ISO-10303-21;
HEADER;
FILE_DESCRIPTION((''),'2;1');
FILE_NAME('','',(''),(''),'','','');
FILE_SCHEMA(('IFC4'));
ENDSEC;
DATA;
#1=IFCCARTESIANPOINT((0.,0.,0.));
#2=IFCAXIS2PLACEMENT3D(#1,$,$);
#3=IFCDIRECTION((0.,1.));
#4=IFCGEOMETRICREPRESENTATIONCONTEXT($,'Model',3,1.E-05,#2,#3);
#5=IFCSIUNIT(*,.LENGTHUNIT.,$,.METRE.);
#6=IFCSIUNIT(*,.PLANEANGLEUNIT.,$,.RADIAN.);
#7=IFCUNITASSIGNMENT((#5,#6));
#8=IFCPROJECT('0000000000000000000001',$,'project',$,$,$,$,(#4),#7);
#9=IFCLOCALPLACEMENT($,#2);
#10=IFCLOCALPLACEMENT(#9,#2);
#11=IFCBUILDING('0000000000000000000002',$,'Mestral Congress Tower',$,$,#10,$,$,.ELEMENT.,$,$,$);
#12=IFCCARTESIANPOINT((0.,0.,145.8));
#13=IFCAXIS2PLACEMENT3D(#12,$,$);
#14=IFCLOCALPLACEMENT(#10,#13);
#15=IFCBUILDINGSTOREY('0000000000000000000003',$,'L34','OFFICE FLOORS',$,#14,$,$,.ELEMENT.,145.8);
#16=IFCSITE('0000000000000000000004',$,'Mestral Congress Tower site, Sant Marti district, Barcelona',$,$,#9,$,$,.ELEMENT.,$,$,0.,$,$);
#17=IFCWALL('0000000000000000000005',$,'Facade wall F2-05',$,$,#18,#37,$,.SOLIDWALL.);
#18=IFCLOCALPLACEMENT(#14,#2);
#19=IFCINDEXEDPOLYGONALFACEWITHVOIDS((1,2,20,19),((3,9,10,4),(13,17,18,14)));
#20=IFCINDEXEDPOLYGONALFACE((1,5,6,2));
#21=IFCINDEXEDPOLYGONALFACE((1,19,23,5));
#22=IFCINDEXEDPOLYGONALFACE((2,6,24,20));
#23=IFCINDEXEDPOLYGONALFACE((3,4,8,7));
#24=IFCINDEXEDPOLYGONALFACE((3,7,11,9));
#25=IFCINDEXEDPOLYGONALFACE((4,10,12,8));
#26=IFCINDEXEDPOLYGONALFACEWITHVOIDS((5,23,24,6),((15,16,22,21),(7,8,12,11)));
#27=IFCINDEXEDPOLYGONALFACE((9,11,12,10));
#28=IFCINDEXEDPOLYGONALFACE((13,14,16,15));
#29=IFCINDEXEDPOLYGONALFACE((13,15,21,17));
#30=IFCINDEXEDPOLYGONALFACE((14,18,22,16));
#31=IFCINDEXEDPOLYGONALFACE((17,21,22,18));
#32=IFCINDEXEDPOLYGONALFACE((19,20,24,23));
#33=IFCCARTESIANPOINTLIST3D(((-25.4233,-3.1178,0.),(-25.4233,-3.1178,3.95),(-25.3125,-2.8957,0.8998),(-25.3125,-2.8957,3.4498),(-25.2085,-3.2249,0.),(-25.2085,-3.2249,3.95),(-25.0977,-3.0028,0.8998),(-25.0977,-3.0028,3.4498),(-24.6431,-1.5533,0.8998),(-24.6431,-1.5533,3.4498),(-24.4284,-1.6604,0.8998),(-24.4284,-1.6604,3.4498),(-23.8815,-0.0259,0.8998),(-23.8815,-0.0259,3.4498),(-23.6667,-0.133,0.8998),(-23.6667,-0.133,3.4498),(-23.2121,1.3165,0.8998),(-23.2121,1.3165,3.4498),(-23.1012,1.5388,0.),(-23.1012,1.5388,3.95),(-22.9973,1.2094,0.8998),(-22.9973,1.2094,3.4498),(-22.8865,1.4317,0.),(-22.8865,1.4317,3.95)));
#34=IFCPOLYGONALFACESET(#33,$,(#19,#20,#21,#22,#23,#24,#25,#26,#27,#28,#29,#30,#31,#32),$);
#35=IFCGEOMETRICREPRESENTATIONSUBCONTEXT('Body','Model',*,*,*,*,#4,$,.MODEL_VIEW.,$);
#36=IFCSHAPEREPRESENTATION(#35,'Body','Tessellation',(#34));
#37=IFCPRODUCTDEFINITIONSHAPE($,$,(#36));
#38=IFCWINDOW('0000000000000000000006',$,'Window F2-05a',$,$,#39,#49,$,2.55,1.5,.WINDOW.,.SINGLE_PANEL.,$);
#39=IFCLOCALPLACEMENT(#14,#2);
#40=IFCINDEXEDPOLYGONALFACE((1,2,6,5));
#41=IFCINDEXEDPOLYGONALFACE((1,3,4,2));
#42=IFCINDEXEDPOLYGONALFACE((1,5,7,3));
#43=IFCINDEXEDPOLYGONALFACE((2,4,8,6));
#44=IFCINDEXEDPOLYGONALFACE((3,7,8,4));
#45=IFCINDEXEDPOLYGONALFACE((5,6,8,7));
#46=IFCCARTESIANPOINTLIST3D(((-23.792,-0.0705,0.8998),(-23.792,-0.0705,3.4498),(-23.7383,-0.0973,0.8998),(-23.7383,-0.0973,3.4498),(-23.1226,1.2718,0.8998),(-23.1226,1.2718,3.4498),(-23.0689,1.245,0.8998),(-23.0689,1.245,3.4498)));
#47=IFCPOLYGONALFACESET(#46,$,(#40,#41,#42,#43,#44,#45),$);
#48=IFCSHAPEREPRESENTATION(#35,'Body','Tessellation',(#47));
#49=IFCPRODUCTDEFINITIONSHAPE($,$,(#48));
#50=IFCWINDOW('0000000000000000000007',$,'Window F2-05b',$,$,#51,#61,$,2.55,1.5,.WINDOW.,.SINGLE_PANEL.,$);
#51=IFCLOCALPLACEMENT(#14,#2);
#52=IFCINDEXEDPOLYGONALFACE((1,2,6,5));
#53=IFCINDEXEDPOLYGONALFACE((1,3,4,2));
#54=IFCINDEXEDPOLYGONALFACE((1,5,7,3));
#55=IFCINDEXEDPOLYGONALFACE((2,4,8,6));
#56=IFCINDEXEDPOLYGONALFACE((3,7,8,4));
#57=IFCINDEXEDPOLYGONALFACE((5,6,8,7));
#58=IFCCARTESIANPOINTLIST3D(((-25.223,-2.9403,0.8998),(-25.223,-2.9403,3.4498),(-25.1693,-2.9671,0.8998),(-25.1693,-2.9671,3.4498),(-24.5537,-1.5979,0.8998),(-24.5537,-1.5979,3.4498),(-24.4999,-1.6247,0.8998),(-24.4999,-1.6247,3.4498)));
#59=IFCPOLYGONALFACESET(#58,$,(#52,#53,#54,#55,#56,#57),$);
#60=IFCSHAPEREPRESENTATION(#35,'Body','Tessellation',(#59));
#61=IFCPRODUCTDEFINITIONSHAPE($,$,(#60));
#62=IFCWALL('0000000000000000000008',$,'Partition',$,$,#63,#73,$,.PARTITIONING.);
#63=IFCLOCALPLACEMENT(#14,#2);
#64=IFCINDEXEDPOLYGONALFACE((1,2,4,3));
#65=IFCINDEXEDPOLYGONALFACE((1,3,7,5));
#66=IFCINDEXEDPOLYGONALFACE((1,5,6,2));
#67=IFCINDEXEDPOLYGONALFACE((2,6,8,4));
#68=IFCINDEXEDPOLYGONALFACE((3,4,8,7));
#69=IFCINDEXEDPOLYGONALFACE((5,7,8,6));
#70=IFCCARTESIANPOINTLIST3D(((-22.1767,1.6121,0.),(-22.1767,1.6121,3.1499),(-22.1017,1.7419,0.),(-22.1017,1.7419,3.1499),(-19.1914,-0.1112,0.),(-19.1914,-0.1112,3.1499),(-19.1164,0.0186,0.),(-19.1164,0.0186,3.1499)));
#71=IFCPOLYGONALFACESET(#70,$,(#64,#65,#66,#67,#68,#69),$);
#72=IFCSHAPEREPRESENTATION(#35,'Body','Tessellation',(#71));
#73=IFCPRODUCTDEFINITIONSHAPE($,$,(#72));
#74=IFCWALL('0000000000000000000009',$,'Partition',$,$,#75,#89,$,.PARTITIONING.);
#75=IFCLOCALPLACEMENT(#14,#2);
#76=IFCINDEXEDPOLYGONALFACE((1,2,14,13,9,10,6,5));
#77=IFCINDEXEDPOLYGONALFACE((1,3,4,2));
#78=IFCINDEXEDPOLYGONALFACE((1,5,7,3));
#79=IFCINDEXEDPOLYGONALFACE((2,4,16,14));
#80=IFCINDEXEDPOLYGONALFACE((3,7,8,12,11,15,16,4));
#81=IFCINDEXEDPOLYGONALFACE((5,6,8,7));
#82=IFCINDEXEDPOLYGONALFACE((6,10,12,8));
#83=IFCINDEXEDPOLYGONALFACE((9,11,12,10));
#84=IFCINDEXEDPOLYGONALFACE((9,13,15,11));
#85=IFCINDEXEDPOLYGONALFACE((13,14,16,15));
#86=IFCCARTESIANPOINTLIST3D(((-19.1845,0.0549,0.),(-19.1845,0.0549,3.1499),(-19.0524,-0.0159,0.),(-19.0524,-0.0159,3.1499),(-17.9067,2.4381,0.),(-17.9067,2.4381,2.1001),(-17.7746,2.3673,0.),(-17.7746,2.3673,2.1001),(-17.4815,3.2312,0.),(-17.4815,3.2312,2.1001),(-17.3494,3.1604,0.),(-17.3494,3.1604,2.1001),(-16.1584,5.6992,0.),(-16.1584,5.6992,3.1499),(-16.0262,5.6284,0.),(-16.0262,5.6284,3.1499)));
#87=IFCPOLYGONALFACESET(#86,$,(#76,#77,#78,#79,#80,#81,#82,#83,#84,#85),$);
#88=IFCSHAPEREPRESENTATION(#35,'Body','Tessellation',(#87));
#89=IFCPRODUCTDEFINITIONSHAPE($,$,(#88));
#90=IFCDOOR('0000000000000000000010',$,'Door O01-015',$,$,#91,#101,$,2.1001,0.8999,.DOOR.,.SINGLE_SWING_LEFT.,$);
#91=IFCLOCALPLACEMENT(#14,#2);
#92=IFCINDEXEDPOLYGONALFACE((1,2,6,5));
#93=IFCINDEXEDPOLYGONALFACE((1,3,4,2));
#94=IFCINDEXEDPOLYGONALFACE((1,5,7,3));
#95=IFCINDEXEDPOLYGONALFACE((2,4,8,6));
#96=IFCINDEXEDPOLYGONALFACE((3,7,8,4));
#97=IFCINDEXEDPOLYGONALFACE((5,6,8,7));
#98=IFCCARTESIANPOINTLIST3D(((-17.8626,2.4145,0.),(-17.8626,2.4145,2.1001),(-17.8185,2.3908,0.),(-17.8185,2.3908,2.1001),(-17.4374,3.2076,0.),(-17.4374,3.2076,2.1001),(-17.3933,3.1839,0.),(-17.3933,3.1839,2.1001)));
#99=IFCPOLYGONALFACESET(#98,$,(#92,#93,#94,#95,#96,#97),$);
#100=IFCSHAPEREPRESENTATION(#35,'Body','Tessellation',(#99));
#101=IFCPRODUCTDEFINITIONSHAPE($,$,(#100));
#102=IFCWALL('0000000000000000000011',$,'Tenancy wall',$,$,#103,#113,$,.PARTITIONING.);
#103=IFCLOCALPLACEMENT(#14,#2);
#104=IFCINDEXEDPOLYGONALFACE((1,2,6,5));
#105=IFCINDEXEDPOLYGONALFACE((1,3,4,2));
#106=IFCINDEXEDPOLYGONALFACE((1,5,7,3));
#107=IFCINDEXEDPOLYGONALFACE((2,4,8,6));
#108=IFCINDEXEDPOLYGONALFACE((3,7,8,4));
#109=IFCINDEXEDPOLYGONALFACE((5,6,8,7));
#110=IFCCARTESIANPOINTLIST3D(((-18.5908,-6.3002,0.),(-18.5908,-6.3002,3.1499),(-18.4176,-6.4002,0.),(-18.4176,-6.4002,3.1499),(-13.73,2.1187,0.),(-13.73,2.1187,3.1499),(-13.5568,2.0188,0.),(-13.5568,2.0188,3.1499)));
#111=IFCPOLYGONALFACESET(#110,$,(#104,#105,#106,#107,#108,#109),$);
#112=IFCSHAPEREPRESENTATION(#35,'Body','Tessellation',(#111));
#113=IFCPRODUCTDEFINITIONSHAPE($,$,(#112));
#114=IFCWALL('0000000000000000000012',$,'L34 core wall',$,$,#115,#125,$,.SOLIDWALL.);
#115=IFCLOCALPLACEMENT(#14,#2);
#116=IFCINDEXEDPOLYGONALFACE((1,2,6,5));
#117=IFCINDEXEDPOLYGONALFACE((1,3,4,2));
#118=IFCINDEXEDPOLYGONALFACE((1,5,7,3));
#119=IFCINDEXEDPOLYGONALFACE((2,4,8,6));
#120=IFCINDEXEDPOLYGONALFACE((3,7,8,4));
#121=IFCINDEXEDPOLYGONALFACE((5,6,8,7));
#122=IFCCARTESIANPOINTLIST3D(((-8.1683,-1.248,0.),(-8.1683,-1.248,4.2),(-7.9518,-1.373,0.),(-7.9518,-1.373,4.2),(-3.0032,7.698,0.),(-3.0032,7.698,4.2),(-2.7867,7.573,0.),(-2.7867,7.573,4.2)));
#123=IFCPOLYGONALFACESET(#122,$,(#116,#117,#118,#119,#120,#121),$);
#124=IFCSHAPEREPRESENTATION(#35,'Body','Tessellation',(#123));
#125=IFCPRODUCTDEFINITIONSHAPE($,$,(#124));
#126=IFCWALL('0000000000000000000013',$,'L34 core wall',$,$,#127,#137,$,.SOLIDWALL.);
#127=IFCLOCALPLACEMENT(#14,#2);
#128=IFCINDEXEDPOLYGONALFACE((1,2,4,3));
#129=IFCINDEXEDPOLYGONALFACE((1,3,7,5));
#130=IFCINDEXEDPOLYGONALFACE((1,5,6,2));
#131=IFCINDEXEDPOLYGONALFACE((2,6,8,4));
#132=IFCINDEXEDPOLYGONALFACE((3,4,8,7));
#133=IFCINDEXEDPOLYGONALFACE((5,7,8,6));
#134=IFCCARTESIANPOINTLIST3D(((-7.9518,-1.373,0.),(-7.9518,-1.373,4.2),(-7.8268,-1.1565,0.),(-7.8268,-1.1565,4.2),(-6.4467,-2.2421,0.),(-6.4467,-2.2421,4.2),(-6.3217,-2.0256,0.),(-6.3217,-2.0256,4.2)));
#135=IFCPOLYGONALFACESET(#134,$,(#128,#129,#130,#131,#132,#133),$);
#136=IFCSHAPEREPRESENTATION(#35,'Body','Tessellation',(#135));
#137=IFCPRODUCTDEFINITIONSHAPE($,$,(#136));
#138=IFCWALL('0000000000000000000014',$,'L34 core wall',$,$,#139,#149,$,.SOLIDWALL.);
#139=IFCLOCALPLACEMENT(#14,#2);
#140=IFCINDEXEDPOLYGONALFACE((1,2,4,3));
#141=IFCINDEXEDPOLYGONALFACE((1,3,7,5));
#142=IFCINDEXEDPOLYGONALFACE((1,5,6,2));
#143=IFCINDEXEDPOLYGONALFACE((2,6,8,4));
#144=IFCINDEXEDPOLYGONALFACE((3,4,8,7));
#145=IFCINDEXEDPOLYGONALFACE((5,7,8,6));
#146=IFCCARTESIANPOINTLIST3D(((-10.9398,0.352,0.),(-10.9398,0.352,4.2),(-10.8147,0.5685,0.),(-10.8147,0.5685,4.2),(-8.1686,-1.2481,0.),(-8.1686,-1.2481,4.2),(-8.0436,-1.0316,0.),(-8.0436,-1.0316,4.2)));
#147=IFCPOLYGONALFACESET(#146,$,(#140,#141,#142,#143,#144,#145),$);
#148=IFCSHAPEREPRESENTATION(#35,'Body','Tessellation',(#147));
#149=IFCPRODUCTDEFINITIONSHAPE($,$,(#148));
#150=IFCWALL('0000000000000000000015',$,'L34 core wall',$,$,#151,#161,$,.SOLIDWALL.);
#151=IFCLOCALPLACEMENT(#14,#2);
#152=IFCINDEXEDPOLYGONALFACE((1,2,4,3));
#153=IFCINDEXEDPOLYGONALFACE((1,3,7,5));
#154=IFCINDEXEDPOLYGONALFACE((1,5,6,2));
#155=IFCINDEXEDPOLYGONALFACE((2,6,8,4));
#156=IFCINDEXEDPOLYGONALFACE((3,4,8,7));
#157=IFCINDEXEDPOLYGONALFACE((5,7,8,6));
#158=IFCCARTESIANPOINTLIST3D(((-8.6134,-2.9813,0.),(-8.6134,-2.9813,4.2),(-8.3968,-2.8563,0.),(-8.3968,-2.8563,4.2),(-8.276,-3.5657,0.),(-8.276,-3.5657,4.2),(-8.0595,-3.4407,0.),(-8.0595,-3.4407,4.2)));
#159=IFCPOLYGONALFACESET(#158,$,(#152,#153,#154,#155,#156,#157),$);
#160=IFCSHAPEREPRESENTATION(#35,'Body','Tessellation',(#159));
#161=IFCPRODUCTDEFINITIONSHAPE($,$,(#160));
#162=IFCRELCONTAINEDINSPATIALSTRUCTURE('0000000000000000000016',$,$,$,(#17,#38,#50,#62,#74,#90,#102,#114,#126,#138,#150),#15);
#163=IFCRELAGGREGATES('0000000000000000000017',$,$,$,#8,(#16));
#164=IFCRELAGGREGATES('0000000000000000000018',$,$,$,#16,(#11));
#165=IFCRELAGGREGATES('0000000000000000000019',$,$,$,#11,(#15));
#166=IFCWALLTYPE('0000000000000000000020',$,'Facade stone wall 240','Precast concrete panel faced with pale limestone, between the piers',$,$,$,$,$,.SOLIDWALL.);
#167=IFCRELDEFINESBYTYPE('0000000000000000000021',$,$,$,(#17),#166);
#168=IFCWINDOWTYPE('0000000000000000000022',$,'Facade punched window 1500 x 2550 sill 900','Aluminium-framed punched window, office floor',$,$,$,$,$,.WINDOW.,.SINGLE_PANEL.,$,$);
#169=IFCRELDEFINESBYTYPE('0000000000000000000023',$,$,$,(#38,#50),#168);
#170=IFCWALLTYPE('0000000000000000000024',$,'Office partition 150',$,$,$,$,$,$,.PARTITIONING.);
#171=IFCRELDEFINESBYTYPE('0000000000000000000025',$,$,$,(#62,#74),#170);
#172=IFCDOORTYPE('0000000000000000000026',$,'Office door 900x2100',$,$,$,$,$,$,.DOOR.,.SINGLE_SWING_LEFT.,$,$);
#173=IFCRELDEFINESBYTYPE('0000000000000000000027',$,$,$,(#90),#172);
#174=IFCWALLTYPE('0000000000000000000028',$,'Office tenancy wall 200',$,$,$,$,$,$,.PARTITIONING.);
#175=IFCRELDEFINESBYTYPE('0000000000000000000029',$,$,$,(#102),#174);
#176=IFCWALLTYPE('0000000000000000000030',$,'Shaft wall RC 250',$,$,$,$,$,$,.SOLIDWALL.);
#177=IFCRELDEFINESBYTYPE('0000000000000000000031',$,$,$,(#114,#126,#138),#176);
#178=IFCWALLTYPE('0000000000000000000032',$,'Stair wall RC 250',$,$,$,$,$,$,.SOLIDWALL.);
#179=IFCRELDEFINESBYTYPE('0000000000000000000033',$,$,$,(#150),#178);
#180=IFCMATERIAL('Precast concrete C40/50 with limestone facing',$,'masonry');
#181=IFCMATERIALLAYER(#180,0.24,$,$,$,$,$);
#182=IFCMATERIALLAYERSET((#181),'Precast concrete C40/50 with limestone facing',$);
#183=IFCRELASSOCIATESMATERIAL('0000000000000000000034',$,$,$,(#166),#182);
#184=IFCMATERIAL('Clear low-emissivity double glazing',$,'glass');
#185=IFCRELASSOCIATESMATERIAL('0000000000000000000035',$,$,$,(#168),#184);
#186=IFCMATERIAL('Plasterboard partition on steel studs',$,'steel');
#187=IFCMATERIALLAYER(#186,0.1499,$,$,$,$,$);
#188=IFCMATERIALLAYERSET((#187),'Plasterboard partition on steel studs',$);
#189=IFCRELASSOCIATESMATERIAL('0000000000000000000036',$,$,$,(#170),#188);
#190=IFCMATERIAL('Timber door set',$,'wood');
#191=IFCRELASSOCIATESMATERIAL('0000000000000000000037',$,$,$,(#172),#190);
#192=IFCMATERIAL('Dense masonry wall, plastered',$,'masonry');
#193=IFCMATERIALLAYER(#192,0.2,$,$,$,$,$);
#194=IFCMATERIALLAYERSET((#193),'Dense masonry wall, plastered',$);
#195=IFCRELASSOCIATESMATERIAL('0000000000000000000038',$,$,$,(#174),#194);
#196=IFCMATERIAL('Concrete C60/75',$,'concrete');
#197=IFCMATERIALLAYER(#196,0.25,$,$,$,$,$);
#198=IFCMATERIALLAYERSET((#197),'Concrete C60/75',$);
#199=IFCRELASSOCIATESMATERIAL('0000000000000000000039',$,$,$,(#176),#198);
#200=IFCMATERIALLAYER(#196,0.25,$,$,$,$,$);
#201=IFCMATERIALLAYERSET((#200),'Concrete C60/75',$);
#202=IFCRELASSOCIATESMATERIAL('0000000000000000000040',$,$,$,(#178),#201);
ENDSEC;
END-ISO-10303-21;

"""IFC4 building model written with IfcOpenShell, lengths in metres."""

from ifc_helpers import new_model, si_unit, direction, frame, frame_2d, origin, place, context, subcontext, project, spatial, rectangle, extrude, material, layer, layer_set, type_object, element, fill, save


model = new_model("IFC4")

# Units and contexts
model_context = context("Model", 3, precision=1e-05, world=origin(), true_north=direction((0.0, 1.0)))
body_context = subcontext(model_context, "Body", "Model", "MODEL_VIEW")
ifc_project = project(units=[si_unit("LENGTHUNIT", "METRE"), si_unit("PLANEANGLEUNIT", "RADIAN")], contexts=[model_context])

# Site, building, storey
site_placement = place(None, origin())
site = spatial("IfcSite", under=ifc_project, at=site_placement, Name="Mestral Congress Tower site, Sant Marti district, Barcelona", CompositionType="ELEMENT", RefElevation=0.0)
building_placement = place(site_placement, origin())
building = spatial("IfcBuilding", under=site, at=building_placement, Name="Mestral Congress Tower", CompositionType="ELEMENT")
storey_placement = place(building_placement, frame((0.0, 0.0, 145.8)))
storey = spatial("IfcBuildingStorey", under=building, at=storey_placement, Name="L34", Description="OFFICE FLOORS", CompositionType="ELEMENT", Elevation=145.8)

# Shared definitions
ifc_material_1 = material(Name="Concrete C60/75", Category="concrete")

# Wall, openings, windows
ifc_material_2 = material(Name="Precast concrete C40/50 with limestone facing", Category="masonry")
ifc_layer_1 = layer(ifc_material_2, 0.24)
ifc_layer_set_1 = layer_set([ifc_layer_1], Name="Precast concrete C40/50 with limestone facing")
wall_type_1 = type_object("IfcWallType", Name="Facade stone wall 240", Description="Precast concrete panel faced with pale limestone, between the piers", PredefinedType="SOLIDWALL", material=ifc_layer_set_1)
ifc_material_3 = material(Name="Clear low-emissivity double glazing", Category="glass")
window_type = type_object("IfcWindowType", Name="Facade punched window 1500 x 2550 sill 900", Description="Aluminium-framed punched window, office floor", PartitioningType="SINGLE_PANEL", PredefinedType="WINDOW", material=ifc_material_3)
wall_1_placement = place(storey_placement, frame((-22.9939, 1.4851, 0.0), z_axis=(0.0, 0.0, 1.0), x_axis=(-0.446256, -0.894905, 0.0)))
wall_1 = element("IfcWall", 1, at=wall_1_placement, inside=storey, type_object=wall_type_1, Name="Facade wall F2-05", PredefinedType="SOLIDWALL", context=body_context, shape_type="SweptSolid", body=[
    extrude(rectangle(XDim=5.2034, YDim=0.24, at=frame_2d((2.6016, 0.0))), origin(), (0.0, 0.0, 1.0), 3.95),
])
opening_1_placement = place(wall_1_placement, frame((0.2483, 0.0, 0.8999)))
opening_1 = element("IfcOpeningElement", 2, at=opening_1_placement, cuts=wall_1, PredefinedType="OPENING", context=body_context, shape_type="SweptSolid", body=[
    extrude(rectangle(XDim=1.5, YDim=2.55, at=frame_2d((0.75, 1.2749))), frame((0.0, 0.1299, 0.0), z_axis=(0.0, -1.0, 0.0), x_axis=(1.0, 0.0, 0.0)), (0.0, 0.0, 1.0), 0.26),
])
opening_2_placement = place(wall_1_placement, frame((3.4551, 0.0, 0.8999)))
opening_2 = element("IfcOpeningElement", 3, at=opening_2_placement, cuts=wall_1, PredefinedType="OPENING", context=body_context, shape_type="SweptSolid", body=[
    extrude(rectangle(XDim=1.5, YDim=2.55, at=frame_2d((0.75, 1.2749))), frame((0.0, 0.1299, 0.0), z_axis=(0.0, -1.0, 0.0), x_axis=(1.0, 0.0, 0.0)), (0.0, 0.0, 1.0), 0.26),
])
window_1_placement = place(opening_1_placement, origin())
window_1 = element("IfcWindow", 4, at=window_1_placement, inside=storey, type_object=window_type, Name="Window F2-05a", OverallHeight=2.55, OverallWidth=1.5, PartitioningType="SINGLE_PANEL", PredefinedType="WINDOW", context=body_context, shape_type="SweptSolid", body=[
    extrude(rectangle(XDim=1.5, YDim=2.55, at=frame_2d((0.75, 1.2749))), frame((0.0, 0.04, 0.0), z_axis=(0.0, -1.0, 0.0), x_axis=(1.0, 0.0, 0.0)), (0.0, 0.0, 1.0), 0.0601),
])
fill(opening_1, window_1)
window_2_placement = place(opening_2_placement, origin())
window_2 = element("IfcWindow", 5, at=window_2_placement, inside=storey, type_object=window_type, Name="Window F2-05b", OverallHeight=2.55, OverallWidth=1.5, PartitioningType="SINGLE_PANEL", PredefinedType="WINDOW", context=body_context, shape_type="SweptSolid", body=[
    extrude(rectangle(XDim=1.5, YDim=2.55, at=frame_2d((0.75, 1.2749))), frame((0.0, 0.04, 0.0), z_axis=(0.0, -1.0, 0.0), x_axis=(1.0, 0.0, 0.0)), (0.0, 0.0, 1.0), 0.0601),
])
fill(opening_2, window_2)

# Wall
ifc_material_4 = material(Name="Plasterboard partition on steel studs", Category="steel")
ifc_layer_2 = layer(ifc_material_4, 0.1499)
ifc_layer_set_2 = layer_set([ifc_layer_2], Name="Plasterboard partition on steel studs")
wall_type_2 = type_object("IfcWallType", Name="Office partition 150", PredefinedType="PARTITIONING", material=ifc_layer_set_2)
wall_2_placement = place(storey_placement, frame((-19.1538, -0.0464, 0.0), z_axis=(0.0, 0.0, 1.0), x_axis=(-0.866051, 0.499955, 0.0)))
element("IfcWall", 6, at=wall_2_placement, inside=storey, type_object=wall_type_2, Name="Partition", PredefinedType="PARTITIONING", context=body_context, shape_type="SweptSolid", body=[
    extrude(rectangle(XDim=3.447, YDim=0.1499, at=frame_2d((1.7236, 0.0))), origin(), (0.0, 0.0, 1.0), 3.1499),
])

# Wall, opening, door
wall_3_placement = place(storey_placement, frame((-19.1184, 0.0195, 0.0), z_axis=(0.0, 0.0, 1.0), x_axis=(0.472512, 0.881324, 0.0)))
wall_3 = element("IfcWall", 7, at=wall_3_placement, inside=storey, type_object=wall_type_2, Name="Partition", PredefinedType="PARTITIONING", context=body_context, shape_type="SweptSolid", body=[
    extrude(rectangle(XDim=6.4043, YDim=0.1499, at=frame_2d((3.2021, 0.0))), origin(), (0.0, 0.0, 1.0), 3.1499),
])
opening_3_placement = place(wall_3_placement, frame((2.7041, 0.0, 0.0)))
opening_3 = element("IfcOpeningElement", 8, at=opening_3_placement, cuts=wall_3, PredefinedType="OPENING", context=body_context, shape_type="SweptSolid", body=[
    extrude(rectangle(XDim=0.8999, YDim=2.1001, at=frame_2d((0.45, 1.05))), frame((0.0, 0.085, 0.0), z_axis=(0.0, -1.0, 0.0), x_axis=(1.0, 0.0, 0.0)), (0.0, 0.0, 1.0), 0.1699),
])
ifc_material_5 = material(Name="Timber door set", Category="wood")
door_type_1 = type_object("IfcDoorType", Name="Office door 900x2100", OperationType="SINGLE_SWING_LEFT", PredefinedType="DOOR", material=ifc_material_5)
door_1_placement = place(opening_3_placement, origin())
door_1 = element("IfcDoor", 9, at=door_1_placement, inside=storey, type_object=door_type_1, Name="Door O01-015", OperationType="SINGLE_SWING_LEFT", OverallHeight=2.1001, OverallWidth=0.8999, PredefinedType="DOOR", context=body_context, shape_type="SweptSolid", body=[
    extrude(rectangle(XDim=0.8999, YDim=2.1001, at=frame_2d((0.45, 1.05))), frame((0.0, 0.0249, 0.0), z_axis=(0.0, -1.0, 0.0), x_axis=(1.0, 0.0, 0.0)), (0.0, 0.0, 1.0), 0.05),
])
fill(opening_3, door_1)

# Walls
ifc_material_6 = material(Name="Dense masonry wall, plastered", Category="masonry")
ifc_layer_3 = layer(ifc_material_6, 0.2)
ifc_layer_set_3 = layer_set([ifc_layer_3], Name="Dense masonry wall, plastered")
wall_type_3 = type_object("IfcWallType", Name="Office tenancy wall 200", PredefinedType="PARTITIONING", material=ifc_layer_set_3)
wall_4_placement = place(storey_placement, frame((-13.6433, 2.0688, 0.0), z_axis=(0.0, 0.0, 1.0), x_axis=(-0.500012, -0.866018, 0.0)))
element("IfcWall", 10, at=wall_4_placement, inside=storey, type_object=wall_type_3, Name="Tenancy wall", PredefinedType="PARTITIONING", context=body_context, shape_type="SweptSolid", body=[
    extrude(rectangle(XDim=9.7214, YDim=0.2, at=frame_2d((4.8608, 0.0))), origin(), (0.0, 0.0, 1.0), 3.1499),
])
ifc_layer_4 = layer(ifc_material_1, 0.25)
ifc_layer_set_4 = layer_set([ifc_layer_4], Name="Concrete C60/75")
wall_type_4 = type_object("IfcWallType", Name="Shaft wall RC 250", PredefinedType="SOLIDWALL", material=ifc_layer_set_4)
wall_5_placement = place(storey_placement, frame((-8.0601, -1.3105, 0.0), z_axis=(0.0, 0.0, 1.0), x_axis=(0.500003, 0.866024, 0.0)))
element("IfcWall", 11, at=wall_5_placement, inside=storey, type_object=wall_type_4, Name="L34 core wall", PredefinedType="SOLIDWALL", context=body_context, shape_type="SweptSolid", body=[
    extrude(rectangle(XDim=10.3301, YDim=0.25, at=frame_2d((5.165, 0.0))), origin(), (0.0, 0.0, 1.0), 4.2),
])
wall_6_placement = place(storey_placement, frame((-7.8894, -1.2646, 0.0), z_axis=(0.0, 0.0, 1.0), x_axis=(0.865987, -0.500067, 0.0)))
element("IfcWall", 12, at=wall_6_placement, inside=storey, type_object=wall_type_4, Name="L34 core wall", PredefinedType="SOLIDWALL", context=body_context, shape_type="SweptSolid", body=[
    extrude(rectangle(XDim=1.738, YDim=0.25, at=frame_2d((0.8691, 0.0))), origin(), (0.0, 0.0, 1.0), 4.2),
])
wall_7_placement = place(storey_placement, frame((-8.106, -1.1399, 0.0), z_axis=(0.0, 0.0, 1.0), x_axis=(-0.866009, 0.500028, 0.0)))
element("IfcWall", 13, at=wall_7_placement, inside=storey, type_object=wall_type_4, Name="L34 core wall", PredefinedType="SOLIDWALL", context=body_context, shape_type="SweptSolid", body=[
    extrude(rectangle(XDim=3.2, YDim=0.25, at=frame_2d((1.6001, 0.0))), origin(), (0.0, 0.0, 1.0), 4.2),
])
ifc_layer_5 = layer(ifc_material_1, 0.25)
ifc_layer_set_5 = layer_set([ifc_layer_5], Name="Concrete C60/75")
wall_type_5 = type_object("IfcWallType", Name="Stair wall RC 250", PredefinedType="SOLIDWALL", material=ifc_layer_set_5)
wall_8_placement = place(storey_placement, frame((-8.1677, -3.5032, 0.0), z_axis=(0.0, 0.0, 1.0), x_axis=(-0.499952, 0.866053, 0.0)))
element("IfcWall", 14, at=wall_8_placement, inside=storey, type_object=wall_type_5, Name="L34 core wall", PredefinedType="SOLIDWALL", context=body_context, shape_type="SweptSolid", body=[
    extrude(rectangle(XDim=0.6748, YDim=0.25, at=frame_2d((0.3374, 0.0))), origin(), (0.0, 0.0, 1.0), 4.2),
])

save(model, "model.ifc")
